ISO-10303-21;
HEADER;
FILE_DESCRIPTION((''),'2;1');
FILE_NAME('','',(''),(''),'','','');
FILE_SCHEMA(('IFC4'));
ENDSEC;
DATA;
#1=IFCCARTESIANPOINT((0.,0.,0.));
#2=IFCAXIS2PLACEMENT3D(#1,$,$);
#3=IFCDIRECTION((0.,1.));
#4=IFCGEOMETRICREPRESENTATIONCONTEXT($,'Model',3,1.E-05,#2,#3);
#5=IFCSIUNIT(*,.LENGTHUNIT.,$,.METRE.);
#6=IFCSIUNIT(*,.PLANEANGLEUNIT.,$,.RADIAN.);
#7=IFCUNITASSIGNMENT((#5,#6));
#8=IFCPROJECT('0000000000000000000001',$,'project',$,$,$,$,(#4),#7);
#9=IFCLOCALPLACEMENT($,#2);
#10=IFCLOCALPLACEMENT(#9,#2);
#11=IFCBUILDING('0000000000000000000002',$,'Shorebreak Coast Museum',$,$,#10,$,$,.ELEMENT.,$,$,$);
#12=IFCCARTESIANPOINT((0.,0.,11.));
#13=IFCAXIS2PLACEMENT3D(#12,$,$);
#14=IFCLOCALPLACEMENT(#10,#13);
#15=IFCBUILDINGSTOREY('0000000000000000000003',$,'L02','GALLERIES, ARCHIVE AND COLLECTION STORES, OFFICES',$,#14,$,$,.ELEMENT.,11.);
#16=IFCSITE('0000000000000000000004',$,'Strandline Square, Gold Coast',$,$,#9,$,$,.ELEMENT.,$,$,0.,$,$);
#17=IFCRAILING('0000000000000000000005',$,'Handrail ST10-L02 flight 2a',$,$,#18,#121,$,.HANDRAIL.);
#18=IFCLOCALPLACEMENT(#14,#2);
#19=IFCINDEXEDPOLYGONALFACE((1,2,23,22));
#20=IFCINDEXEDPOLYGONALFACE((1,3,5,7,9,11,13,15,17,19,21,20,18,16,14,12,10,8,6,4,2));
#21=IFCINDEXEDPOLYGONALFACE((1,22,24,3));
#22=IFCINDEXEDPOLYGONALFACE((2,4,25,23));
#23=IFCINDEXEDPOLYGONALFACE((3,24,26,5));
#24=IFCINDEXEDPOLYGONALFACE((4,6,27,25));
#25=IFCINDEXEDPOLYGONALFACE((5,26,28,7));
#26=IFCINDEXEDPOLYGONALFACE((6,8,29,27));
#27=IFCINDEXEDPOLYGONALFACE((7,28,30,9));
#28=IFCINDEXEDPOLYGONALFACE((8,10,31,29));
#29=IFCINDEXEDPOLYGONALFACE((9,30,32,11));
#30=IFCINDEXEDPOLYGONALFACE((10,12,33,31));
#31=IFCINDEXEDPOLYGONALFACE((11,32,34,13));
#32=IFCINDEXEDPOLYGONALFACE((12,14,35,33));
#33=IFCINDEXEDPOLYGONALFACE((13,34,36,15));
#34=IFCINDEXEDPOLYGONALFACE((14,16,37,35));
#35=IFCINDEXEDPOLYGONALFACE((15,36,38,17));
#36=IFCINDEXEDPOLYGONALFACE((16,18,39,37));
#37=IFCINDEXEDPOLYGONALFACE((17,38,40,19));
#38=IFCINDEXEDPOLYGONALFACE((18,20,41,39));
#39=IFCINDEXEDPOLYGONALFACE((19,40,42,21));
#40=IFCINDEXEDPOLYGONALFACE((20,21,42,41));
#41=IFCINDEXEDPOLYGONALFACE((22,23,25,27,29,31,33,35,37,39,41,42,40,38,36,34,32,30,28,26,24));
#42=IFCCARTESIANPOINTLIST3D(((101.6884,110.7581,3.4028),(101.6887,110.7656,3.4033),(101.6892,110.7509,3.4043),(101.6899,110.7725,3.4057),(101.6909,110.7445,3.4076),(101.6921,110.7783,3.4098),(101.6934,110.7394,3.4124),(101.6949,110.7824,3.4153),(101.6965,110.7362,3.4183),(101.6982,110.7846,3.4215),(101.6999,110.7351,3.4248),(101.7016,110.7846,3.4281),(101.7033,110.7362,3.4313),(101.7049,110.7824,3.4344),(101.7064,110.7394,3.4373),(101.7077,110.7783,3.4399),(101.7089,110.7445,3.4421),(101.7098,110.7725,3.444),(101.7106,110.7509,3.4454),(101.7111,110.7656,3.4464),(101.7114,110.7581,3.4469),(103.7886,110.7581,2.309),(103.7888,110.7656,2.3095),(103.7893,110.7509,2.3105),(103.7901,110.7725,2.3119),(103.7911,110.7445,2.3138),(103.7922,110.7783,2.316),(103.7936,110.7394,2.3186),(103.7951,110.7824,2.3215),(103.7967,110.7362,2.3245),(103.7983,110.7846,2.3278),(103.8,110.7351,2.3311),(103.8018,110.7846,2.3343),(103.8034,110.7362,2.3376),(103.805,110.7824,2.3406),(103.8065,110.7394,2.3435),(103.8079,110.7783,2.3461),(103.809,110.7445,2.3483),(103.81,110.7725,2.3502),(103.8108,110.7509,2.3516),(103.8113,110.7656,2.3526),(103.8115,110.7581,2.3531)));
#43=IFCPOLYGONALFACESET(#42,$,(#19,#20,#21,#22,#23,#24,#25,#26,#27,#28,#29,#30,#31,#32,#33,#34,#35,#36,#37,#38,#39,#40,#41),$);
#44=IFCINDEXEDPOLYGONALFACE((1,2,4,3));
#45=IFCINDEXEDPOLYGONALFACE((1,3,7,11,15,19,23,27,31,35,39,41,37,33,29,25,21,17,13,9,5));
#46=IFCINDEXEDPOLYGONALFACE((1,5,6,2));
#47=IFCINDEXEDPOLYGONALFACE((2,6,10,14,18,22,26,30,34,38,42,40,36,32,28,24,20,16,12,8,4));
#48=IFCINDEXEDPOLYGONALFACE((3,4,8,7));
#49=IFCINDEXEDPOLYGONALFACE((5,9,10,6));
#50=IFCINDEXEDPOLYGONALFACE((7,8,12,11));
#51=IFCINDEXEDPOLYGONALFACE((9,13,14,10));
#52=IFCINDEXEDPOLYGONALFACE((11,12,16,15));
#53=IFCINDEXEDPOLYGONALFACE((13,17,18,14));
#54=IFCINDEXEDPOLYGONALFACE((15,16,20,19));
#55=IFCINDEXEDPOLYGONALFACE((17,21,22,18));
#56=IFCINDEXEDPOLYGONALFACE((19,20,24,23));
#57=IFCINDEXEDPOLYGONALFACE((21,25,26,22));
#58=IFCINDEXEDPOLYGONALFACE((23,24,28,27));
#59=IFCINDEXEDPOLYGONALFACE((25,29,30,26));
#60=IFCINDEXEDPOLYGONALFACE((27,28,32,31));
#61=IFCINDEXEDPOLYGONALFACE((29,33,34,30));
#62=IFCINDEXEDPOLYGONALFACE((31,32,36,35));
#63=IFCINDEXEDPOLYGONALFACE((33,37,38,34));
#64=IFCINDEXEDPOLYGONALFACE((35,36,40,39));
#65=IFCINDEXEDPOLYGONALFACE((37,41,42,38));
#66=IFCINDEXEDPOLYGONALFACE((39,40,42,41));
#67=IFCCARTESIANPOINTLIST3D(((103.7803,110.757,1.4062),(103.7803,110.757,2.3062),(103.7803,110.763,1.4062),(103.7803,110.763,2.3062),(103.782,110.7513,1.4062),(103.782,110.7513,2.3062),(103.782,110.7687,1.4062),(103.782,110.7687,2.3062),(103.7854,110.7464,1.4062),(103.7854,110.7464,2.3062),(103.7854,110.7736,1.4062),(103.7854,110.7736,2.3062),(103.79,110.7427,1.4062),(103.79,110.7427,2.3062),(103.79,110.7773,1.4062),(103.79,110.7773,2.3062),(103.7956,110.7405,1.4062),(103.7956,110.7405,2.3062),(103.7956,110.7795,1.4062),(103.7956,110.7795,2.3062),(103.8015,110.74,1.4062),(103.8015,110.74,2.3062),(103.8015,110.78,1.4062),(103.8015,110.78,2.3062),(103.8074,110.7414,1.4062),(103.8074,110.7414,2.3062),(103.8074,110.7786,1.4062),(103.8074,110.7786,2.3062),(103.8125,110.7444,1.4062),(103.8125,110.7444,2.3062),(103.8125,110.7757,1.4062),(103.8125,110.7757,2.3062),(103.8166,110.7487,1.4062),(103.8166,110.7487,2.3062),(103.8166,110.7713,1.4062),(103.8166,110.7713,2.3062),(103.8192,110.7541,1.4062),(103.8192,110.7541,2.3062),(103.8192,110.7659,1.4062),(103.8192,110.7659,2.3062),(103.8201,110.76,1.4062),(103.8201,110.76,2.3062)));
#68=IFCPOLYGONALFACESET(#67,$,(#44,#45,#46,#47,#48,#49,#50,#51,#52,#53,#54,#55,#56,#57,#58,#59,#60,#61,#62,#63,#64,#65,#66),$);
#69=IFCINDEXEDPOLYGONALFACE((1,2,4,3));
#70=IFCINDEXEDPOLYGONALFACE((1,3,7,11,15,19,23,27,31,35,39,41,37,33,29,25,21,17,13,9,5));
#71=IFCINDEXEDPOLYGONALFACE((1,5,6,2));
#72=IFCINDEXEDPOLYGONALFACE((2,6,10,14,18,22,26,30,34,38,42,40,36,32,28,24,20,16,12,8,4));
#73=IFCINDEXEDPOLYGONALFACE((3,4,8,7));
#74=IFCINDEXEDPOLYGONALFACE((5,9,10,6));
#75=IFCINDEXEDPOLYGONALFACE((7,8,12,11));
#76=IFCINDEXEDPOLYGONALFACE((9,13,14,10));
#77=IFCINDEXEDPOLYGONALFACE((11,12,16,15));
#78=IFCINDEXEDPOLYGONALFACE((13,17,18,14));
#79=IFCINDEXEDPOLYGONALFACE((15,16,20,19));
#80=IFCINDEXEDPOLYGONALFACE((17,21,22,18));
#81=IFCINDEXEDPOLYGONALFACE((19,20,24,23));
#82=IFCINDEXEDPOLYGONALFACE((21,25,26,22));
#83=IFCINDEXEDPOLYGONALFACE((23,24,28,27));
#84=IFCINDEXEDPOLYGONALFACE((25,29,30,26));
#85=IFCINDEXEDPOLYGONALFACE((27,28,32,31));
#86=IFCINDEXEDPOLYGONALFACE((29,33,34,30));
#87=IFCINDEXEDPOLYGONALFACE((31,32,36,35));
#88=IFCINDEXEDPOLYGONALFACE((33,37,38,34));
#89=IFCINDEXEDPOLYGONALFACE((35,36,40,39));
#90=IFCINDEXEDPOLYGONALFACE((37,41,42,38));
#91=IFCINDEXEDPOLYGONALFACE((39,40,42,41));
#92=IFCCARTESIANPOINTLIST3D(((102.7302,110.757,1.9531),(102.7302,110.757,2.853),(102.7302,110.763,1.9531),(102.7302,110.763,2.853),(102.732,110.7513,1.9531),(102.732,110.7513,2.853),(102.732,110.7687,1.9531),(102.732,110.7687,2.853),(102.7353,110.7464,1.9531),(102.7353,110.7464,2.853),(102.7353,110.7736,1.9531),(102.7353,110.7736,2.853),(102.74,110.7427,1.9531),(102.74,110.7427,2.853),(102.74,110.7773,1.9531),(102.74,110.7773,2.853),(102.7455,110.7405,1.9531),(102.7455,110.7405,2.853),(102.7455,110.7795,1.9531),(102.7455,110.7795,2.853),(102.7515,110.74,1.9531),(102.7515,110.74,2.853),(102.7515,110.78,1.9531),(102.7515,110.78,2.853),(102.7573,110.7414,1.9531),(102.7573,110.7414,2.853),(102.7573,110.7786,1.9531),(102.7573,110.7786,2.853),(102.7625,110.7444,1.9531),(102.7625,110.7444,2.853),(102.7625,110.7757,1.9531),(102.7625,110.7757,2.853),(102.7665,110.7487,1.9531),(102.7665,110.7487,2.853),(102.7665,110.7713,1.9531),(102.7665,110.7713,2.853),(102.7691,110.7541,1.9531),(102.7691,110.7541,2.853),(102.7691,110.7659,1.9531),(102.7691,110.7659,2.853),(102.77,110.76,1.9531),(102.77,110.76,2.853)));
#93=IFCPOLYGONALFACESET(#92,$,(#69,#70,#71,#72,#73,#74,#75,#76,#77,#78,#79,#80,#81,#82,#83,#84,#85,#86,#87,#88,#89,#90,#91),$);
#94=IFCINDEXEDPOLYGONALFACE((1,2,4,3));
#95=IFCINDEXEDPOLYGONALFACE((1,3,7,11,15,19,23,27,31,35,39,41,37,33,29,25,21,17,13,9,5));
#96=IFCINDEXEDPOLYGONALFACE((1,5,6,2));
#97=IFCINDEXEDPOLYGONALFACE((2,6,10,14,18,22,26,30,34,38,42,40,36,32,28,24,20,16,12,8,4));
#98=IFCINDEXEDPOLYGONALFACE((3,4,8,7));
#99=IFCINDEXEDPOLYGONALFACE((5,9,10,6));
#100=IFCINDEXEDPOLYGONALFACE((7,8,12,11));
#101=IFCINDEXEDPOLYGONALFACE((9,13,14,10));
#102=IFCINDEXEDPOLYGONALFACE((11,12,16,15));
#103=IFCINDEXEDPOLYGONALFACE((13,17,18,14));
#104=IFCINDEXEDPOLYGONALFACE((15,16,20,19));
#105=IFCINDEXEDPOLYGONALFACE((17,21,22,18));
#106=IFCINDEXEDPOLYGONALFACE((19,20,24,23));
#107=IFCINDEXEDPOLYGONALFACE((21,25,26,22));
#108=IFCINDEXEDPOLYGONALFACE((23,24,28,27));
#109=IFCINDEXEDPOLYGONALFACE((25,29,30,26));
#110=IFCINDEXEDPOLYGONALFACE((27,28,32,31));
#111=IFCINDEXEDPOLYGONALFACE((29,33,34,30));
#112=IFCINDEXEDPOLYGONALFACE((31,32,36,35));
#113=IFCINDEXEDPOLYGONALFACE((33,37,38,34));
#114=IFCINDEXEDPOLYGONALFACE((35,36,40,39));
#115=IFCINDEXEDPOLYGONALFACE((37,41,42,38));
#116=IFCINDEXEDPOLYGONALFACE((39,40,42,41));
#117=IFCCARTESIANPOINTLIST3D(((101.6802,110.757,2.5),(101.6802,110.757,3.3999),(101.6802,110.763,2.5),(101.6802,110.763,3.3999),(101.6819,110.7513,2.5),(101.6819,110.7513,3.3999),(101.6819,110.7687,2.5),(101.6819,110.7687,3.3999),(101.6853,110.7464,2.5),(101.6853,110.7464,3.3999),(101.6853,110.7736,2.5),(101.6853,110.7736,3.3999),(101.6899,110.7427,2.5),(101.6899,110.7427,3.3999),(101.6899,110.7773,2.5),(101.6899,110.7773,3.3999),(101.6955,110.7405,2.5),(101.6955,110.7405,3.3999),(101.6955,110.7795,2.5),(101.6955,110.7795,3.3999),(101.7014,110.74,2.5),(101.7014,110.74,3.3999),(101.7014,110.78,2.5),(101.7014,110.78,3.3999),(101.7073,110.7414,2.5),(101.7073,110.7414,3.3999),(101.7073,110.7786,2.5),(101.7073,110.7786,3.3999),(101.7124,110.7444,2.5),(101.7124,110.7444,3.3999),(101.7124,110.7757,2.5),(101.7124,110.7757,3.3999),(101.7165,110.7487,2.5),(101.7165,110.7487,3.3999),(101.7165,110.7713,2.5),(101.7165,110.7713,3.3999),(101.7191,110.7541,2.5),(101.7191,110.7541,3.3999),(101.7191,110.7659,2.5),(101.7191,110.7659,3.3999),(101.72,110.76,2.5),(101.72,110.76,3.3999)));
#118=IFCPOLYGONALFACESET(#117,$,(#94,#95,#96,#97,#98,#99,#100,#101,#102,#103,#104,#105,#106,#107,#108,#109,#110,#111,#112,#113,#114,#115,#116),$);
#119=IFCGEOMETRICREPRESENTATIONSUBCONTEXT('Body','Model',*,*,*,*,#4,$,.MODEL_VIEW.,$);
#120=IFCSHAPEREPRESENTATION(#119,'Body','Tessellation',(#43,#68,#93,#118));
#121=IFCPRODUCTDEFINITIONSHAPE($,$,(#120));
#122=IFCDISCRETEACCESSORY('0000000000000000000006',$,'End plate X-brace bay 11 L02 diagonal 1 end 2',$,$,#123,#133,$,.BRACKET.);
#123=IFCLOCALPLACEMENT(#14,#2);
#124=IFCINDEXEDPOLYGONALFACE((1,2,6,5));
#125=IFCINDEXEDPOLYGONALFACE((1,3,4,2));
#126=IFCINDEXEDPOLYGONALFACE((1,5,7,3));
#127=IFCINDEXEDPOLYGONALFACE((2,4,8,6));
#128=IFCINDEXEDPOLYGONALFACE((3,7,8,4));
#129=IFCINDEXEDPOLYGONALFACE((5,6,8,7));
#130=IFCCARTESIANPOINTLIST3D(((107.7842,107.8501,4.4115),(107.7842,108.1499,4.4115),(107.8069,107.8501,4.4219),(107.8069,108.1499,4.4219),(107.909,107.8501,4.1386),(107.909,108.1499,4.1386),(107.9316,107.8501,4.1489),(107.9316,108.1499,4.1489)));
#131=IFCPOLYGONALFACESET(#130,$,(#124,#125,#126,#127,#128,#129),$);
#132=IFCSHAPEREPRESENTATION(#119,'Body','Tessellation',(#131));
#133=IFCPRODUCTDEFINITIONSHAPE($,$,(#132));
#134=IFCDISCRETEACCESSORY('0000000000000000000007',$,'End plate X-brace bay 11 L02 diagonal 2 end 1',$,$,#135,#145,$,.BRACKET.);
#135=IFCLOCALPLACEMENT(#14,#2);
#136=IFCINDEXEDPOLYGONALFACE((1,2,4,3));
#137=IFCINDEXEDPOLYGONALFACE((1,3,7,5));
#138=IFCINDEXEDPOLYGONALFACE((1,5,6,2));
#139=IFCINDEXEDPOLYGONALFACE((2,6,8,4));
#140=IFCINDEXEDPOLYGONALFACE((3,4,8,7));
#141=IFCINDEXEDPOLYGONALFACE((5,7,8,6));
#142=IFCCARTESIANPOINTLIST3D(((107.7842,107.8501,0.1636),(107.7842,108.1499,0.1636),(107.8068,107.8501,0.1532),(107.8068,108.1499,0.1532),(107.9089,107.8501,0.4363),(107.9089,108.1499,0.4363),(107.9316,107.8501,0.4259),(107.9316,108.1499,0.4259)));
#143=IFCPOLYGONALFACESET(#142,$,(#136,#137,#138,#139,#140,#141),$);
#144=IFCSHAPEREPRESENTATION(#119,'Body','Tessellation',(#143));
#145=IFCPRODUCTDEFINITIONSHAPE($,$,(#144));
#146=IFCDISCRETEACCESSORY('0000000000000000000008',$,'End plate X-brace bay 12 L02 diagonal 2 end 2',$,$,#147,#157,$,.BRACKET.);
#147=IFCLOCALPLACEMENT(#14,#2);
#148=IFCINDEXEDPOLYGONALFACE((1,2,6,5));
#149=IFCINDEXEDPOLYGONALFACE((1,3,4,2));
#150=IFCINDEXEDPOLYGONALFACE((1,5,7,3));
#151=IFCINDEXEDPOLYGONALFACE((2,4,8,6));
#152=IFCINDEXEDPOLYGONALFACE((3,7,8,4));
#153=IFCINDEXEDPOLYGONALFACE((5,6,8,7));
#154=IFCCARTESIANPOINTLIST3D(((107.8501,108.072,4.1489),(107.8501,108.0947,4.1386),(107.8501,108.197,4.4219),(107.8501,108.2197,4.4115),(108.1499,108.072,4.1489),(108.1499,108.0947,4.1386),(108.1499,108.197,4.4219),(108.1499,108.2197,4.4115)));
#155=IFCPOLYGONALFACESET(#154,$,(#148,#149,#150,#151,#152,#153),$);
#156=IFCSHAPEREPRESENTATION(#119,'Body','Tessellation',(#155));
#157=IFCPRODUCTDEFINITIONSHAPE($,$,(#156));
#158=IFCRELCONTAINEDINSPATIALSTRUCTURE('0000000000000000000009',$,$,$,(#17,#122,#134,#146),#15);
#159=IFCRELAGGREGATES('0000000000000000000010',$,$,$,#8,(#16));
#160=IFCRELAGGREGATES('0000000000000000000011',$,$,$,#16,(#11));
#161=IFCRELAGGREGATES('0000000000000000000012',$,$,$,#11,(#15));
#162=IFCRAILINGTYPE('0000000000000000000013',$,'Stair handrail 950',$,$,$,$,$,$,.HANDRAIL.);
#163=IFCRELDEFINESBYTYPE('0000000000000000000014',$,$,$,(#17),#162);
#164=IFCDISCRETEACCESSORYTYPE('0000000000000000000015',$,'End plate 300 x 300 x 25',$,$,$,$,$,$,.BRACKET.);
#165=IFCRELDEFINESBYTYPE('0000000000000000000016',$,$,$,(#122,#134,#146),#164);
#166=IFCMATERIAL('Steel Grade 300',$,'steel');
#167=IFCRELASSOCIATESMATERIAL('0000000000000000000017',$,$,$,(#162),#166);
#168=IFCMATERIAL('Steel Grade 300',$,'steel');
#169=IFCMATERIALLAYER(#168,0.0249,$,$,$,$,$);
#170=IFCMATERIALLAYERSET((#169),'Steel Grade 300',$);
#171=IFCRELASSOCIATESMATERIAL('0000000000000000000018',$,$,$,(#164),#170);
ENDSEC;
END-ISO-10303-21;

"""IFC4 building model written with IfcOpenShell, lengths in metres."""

from ifc_helpers import new_model, si_unit, direction, frame, origin, origin_2d, place, context, subcontext, project, spatial, polyline, circle, outline, extrude, material, layer, layer_set, type_object, element, save


model = new_model("IFC4")

# Units and contexts
model_context = context("Model", 3, precision=1e-05, world=origin(), true_north=direction((0.0, 1.0)))
body_context = subcontext(model_context, "Body", "Model", "MODEL_VIEW")
ifc_project = project(units=[si_unit("LENGTHUNIT", "METRE"), si_unit("PLANEANGLEUNIT", "RADIAN")], contexts=[model_context])

# Site, building, storey
site_placement = place(None, origin())
site = spatial("IfcSite", under=ifc_project, at=site_placement, Name="Strandline Square, Gold Coast", CompositionType="ELEMENT", RefElevation=0.0)
building_placement = place(site_placement, origin())
building = spatial("IfcBuilding", under=site, at=building_placement, Name="Shorebreak Coast Museum", CompositionType="ELEMENT")
storey_placement = place(building_placement, frame((0.0, 0.0, 11.0)))
storey = spatial("IfcBuildingStorey", under=building, at=storey_placement, Name="L02", Description="GALLERIES, ARCHIVE AND COLLECTION STORES, OFFICES", CompositionType="ELEMENT", Elevation=11.0)

# Railing
ifc_material_1 = material(Name="Steel Grade 300", Category="steel")
railing_type_1 = type_object("IfcRailingType", Name="Stair handrail 950", PredefinedType="HANDRAIL", material=ifc_material_1)
railing_1_placement = place(storey_placement, frame((103.8, 110.76, 1.4062)))
element("IfcRailing", 1, at=railing_1_placement, inside=storey, type_object=railing_type_1, Name="Handrail ST10-L02 flight 2a", PredefinedType="HANDRAIL", context=body_context, shape_type="SweptSolid", body=[
    extrude(circle(Radius=0.0249, at=origin_2d()), frame((0.0, 0.0, 0.9248), z_axis=(-0.886923, 0.0, 0.461918), x_axis=(0.0, -1.0, 0.0)), (0.0, 0.0, 1.0), 2.3679),
    extrude(circle(Radius=0.02, at=origin_2d()), origin(), (0.0, 0.0, 1.0), 0.8999),
    extrude(circle(Radius=0.02, at=origin_2d()), frame((-1.05, 0.0, 0.5469)), (0.0, 0.0, 1.0), 0.8999),
    extrude(circle(Radius=0.02, at=origin_2d()), frame((-2.1001, 0.0, 1.0938)), (0.0, 0.0, 1.0), 0.8999),
])

# Discrete accessories
ifc_material_2 = material(Name="Steel Grade 300", Category="steel")
ifc_layer_1 = layer(ifc_material_2, 0.0249)
ifc_layer_set_1 = layer_set([ifc_layer_1], Name="Steel Grade 300")
discrete_accessory_type = type_object("IfcDiscreteAccessoryType", Name="End plate 300 x 300 x 25", PredefinedType="BRACKET", material=ifc_layer_set_1)
discrete_accessory_1_placement = place(storey_placement, frame((107.9316, 107.8501, 4.1489), z_axis=(0.909501, 0.0, 0.415702), x_axis=(0.0, 1.0, 0.0)))
element("IfcDiscreteAccessory", 2, at=discrete_accessory_1_placement, inside=storey, type_object=discrete_accessory_type, Name="End plate X-brace bay 11 L02 diagonal 1 end 2", PredefinedType="BRACKET", context=body_context, shape_type="SweptSolid", body=[
    extrude(outline(polyline([(0.0, 0.0), (0.2998, 0.0), (0.2998, 0.3001), (0.0, 0.3001), (0.0, 0.0)])), origin(), (0.0, 0.0, -1.0), 0.0249),
])
discrete_accessory_2_placement = place(storey_placement, frame((107.7842, 108.1499, 0.1636), z_axis=(-0.90936, 0.0, 0.41601), x_axis=(0.0, -1.0, 0.0)))
element("IfcDiscreteAccessory", 3, at=discrete_accessory_2_placement, inside=storey, type_object=discrete_accessory_type, Name="End plate X-brace bay 11 L02 diagonal 2 end 1", PredefinedType="BRACKET", context=body_context, shape_type="SweptSolid", body=[
    extrude(outline(polyline([(0.0, 0.0), (0.2998, 0.0), (0.2998, 0.2999), (0.0, 0.2999), (0.0, 0.0)])), origin(), (0.0, 0.0, -1.0), 0.0249),
])
discrete_accessory_3_placement = place(storey_placement, frame((107.8501, 108.072, 4.1489), z_axis=(0.0, -0.909193, 0.416375), x_axis=(1.0, 0.0, 0.0)))
element("IfcDiscreteAccessory", 4, at=discrete_accessory_3_placement, inside=storey, type_object=discrete_accessory_type, Name="End plate X-brace bay 12 L02 diagonal 2 end 2", PredefinedType="BRACKET", context=body_context, shape_type="SweptSolid", body=[
    extrude(outline(polyline([(0.0, 0.0), (0.2998, 0.0), (0.2998, 0.3002), (0.0, 0.3002), (0.0, 0.0)])), origin(), (0.0, 0.0, -1.0), 0.0249),
])

save(model, "model.ifc")
